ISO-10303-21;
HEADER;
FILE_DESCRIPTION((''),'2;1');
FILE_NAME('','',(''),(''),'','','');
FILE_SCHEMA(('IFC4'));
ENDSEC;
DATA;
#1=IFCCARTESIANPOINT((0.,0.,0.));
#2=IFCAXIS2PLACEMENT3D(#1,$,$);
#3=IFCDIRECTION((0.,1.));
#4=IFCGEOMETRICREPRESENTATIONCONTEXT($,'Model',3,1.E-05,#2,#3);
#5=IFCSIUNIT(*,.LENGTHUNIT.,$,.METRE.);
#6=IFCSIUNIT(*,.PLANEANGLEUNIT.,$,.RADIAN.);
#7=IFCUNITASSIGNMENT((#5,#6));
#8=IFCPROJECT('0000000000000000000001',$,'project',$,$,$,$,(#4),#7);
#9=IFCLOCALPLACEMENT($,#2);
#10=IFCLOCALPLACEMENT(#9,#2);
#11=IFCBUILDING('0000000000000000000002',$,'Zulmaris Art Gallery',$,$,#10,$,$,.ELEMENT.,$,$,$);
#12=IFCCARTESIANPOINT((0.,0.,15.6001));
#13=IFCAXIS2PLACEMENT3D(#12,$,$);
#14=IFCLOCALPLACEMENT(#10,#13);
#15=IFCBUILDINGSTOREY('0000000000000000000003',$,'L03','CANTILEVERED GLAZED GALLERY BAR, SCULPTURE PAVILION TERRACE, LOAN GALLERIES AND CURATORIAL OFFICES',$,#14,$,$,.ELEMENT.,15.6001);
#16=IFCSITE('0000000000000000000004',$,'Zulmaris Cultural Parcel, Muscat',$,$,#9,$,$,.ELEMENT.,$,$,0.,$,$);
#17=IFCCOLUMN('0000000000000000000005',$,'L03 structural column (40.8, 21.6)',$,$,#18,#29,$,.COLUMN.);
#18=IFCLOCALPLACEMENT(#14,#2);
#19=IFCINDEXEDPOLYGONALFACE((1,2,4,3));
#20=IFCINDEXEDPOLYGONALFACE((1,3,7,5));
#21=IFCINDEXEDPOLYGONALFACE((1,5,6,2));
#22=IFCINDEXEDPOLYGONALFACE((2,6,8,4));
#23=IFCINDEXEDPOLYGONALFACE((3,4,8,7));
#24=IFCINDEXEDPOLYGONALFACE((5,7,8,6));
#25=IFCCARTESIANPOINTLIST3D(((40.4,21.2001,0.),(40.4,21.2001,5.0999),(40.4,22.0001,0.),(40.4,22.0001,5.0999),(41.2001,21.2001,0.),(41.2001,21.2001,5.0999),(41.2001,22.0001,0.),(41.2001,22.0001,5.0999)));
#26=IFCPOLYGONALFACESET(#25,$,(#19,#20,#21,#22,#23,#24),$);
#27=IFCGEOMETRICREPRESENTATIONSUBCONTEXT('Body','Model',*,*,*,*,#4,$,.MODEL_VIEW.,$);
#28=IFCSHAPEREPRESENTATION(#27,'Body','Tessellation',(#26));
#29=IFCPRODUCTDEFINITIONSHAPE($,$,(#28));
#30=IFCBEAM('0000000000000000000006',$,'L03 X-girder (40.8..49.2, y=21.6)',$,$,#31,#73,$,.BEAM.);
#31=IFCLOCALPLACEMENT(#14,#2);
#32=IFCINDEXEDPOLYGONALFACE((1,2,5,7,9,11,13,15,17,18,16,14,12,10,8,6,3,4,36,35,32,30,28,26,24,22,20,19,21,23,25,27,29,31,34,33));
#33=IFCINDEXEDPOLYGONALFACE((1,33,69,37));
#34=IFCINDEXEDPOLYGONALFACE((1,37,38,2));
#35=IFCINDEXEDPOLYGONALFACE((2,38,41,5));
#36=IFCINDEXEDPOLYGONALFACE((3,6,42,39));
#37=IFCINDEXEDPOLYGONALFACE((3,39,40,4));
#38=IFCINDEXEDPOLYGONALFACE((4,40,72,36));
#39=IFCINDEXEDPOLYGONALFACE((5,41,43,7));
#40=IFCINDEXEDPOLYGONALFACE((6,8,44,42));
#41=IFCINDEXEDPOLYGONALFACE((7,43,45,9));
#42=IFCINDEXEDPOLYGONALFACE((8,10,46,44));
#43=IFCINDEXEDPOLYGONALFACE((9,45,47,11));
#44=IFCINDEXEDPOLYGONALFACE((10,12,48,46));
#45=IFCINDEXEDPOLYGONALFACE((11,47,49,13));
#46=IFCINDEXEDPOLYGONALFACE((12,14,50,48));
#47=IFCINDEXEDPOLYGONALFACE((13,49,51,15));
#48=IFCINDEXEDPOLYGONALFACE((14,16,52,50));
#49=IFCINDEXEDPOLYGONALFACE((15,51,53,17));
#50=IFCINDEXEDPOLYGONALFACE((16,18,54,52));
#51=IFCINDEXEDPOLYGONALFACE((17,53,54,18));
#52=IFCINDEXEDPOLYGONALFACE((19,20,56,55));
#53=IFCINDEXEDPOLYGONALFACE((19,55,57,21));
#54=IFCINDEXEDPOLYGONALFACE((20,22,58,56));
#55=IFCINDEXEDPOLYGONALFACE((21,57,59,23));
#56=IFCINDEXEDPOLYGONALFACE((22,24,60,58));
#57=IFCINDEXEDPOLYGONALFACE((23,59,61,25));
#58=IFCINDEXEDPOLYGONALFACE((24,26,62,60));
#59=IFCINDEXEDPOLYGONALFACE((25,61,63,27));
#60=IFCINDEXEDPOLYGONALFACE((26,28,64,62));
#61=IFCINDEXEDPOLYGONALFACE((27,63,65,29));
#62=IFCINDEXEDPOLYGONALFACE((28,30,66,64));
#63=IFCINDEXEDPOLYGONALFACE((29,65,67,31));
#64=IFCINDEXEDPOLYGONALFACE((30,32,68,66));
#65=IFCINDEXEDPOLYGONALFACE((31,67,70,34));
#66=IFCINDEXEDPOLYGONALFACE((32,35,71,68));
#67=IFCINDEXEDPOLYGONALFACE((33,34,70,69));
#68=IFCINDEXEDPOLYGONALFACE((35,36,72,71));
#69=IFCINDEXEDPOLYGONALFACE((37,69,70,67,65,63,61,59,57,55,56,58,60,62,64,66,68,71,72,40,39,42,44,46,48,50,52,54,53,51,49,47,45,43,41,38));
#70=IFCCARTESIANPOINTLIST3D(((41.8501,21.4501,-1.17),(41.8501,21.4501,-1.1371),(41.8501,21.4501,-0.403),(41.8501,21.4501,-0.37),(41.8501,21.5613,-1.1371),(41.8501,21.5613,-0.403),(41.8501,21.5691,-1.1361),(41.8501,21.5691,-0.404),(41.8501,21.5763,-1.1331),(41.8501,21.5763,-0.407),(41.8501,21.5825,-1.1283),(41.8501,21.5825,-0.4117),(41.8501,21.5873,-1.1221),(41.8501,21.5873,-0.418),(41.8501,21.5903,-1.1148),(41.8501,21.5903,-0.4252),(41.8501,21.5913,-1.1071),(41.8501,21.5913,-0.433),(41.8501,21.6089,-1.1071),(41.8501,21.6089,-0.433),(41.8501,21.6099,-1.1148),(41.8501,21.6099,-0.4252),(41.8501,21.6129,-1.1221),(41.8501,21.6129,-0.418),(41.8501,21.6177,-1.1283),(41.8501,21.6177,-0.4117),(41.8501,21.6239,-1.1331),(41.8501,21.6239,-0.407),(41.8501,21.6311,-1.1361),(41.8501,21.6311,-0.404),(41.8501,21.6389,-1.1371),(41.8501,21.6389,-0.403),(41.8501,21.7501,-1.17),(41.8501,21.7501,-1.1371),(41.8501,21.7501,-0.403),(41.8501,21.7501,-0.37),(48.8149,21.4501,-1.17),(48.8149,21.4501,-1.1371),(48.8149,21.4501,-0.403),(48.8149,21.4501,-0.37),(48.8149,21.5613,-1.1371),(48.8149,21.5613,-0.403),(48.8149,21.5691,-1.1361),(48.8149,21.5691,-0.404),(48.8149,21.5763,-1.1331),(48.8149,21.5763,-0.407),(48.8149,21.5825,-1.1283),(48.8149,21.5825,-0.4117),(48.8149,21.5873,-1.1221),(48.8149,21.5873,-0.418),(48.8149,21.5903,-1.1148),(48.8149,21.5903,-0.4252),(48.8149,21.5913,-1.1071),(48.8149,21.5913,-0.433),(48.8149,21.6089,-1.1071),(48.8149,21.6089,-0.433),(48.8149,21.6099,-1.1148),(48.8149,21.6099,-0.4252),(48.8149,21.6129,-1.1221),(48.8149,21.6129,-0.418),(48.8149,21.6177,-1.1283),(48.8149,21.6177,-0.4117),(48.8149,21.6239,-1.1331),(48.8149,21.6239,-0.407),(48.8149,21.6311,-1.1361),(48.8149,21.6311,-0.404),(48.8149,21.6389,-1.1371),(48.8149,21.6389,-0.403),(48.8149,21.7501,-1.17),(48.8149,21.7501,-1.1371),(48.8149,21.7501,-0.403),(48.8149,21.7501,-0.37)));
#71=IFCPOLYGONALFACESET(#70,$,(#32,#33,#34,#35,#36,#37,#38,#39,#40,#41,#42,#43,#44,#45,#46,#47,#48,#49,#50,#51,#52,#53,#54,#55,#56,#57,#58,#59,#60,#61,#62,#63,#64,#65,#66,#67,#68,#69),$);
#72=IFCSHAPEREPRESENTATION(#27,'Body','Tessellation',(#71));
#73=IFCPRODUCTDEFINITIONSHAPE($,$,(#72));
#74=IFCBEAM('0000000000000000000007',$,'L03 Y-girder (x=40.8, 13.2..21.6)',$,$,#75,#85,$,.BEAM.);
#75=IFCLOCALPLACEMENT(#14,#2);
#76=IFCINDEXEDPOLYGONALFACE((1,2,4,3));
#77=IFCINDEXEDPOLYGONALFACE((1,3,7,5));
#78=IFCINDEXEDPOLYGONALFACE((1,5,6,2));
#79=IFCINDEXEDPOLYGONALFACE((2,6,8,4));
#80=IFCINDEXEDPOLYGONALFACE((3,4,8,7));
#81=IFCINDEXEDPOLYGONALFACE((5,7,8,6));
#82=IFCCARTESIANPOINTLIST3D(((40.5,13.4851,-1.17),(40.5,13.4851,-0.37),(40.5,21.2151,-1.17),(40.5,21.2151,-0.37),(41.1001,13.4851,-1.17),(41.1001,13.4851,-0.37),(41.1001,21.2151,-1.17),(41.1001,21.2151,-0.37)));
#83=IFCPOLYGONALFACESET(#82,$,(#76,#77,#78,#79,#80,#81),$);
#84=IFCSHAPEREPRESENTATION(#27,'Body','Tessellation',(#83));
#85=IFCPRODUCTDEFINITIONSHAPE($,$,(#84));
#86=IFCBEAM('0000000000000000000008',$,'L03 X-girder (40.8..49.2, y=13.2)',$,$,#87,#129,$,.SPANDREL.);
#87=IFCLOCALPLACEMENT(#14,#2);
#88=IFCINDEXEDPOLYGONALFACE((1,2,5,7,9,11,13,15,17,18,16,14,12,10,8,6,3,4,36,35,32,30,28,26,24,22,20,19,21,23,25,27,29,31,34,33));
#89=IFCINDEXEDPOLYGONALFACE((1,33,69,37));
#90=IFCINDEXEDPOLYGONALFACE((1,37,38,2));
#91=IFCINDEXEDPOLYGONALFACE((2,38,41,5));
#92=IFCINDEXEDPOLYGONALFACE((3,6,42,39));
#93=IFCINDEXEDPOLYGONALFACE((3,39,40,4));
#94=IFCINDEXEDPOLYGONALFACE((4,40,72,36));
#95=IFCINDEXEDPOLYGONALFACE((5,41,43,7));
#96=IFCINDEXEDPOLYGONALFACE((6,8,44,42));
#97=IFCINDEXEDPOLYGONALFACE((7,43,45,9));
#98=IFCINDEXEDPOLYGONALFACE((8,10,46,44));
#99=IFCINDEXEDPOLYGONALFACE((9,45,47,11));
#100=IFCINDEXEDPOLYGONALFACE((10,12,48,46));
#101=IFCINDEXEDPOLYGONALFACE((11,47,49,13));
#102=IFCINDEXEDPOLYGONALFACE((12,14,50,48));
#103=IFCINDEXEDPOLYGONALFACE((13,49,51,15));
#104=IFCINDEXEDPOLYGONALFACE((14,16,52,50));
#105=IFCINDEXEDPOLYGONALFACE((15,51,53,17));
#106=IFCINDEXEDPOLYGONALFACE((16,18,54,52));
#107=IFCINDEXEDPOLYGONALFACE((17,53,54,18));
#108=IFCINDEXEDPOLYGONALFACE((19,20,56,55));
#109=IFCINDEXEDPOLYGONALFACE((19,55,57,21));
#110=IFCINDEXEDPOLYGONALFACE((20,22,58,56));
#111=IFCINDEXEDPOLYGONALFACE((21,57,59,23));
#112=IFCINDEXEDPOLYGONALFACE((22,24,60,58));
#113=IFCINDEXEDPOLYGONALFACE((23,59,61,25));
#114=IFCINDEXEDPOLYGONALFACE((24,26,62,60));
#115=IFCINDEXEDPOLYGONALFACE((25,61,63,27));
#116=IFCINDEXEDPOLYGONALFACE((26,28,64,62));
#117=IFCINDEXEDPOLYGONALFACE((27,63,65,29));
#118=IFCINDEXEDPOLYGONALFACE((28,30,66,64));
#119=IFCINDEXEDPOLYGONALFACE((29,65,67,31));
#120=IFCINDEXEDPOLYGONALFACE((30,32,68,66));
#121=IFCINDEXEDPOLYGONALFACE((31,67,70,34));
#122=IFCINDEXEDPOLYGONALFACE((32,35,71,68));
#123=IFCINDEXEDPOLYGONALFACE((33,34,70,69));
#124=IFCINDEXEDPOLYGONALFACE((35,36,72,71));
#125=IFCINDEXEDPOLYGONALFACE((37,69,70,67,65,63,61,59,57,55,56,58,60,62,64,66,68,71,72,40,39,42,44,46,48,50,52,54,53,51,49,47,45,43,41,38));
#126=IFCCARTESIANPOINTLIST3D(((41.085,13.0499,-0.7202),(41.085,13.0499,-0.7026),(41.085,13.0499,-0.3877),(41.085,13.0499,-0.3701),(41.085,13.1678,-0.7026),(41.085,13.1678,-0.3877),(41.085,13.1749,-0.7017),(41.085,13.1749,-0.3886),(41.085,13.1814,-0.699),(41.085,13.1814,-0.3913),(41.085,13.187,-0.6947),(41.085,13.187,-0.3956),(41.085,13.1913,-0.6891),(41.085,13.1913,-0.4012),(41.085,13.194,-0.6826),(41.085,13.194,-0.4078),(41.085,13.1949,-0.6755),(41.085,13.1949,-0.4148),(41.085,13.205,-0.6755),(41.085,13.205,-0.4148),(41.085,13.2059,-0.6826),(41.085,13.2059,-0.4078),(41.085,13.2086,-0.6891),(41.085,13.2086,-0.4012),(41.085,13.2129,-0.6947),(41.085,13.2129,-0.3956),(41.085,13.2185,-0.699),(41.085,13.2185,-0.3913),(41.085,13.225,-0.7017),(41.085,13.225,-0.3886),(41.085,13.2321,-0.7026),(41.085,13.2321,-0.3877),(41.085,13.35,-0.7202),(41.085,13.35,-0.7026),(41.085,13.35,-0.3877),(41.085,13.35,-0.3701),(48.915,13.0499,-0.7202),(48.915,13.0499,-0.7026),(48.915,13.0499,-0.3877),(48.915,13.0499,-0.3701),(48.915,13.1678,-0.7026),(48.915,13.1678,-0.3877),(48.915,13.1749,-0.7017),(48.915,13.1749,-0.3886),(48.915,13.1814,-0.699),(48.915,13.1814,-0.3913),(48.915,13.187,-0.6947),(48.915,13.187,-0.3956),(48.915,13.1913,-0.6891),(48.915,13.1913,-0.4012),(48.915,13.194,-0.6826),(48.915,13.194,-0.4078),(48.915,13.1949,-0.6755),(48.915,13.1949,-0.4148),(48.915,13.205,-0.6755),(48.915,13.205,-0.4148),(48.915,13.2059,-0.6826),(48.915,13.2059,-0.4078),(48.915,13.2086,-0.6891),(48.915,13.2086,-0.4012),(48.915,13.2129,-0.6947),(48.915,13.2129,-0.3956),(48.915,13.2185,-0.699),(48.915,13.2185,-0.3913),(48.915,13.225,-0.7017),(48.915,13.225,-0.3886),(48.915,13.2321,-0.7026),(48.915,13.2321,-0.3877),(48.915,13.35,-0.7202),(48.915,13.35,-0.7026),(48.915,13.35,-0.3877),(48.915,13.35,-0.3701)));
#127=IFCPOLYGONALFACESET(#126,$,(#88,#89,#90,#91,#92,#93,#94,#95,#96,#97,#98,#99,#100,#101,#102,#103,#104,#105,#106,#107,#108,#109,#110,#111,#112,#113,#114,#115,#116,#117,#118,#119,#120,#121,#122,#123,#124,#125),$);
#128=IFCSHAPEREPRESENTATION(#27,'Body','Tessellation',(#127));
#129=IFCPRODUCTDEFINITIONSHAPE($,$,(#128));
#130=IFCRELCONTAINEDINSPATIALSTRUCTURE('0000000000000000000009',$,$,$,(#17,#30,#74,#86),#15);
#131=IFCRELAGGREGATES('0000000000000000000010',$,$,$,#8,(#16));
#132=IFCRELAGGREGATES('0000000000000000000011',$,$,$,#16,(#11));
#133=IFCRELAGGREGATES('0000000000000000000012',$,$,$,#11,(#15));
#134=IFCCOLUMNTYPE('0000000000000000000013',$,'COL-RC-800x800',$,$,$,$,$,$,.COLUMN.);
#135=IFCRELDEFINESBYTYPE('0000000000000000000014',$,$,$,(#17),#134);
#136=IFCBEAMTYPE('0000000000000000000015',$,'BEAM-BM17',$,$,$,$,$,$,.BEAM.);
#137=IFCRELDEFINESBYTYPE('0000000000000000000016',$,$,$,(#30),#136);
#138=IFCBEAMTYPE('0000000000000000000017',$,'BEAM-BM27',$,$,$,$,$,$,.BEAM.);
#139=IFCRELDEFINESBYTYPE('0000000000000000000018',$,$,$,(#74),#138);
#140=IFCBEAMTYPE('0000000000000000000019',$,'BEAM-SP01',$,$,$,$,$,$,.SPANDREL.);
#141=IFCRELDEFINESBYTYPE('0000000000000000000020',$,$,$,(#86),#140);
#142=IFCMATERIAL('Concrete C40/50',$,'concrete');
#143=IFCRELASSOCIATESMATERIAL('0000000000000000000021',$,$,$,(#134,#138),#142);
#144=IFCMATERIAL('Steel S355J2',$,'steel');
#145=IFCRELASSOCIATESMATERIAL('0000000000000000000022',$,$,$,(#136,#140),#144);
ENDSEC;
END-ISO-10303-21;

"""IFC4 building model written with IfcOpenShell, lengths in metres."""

from ifc_helpers import new_model, si_unit, direction, frame, origin, origin_2d, place, context, subcontext, project, spatial, rectangle, i_section, extrude, material, material_profile, profile_set, type_object, element, save


model = new_model("IFC4")

# Units and contexts
model_context = context("Model", 3, precision=1e-05, world=origin(), true_north=direction((0.0, 1.0)))
body_context = subcontext(model_context, "Body", "Model", "MODEL_VIEW")
ifc_project = project(units=[si_unit("LENGTHUNIT", "METRE"), si_unit("PLANEANGLEUNIT", "RADIAN")], contexts=[model_context])

# Site, building, storey
site_placement = place(None, origin())
site = spatial("IfcSite", under=ifc_project, at=site_placement, Name="Zulmaris Cultural Parcel, Muscat", CompositionType="ELEMENT", RefElevation=0.0)
building_placement = place(site_placement, origin())
building = spatial("IfcBuilding", under=site, at=building_placement, Name="Zulmaris Art Gallery", CompositionType="ELEMENT")
storey_placement = place(building_placement, frame((0.0, 0.0, 15.6001)))
storey = spatial("IfcBuildingStorey", under=building, at=storey_placement, Name="L03", Description="CANTILEVERED GLAZED GALLERY BAR, SCULPTURE PAVILION TERRACE, LOAN GALLERIES AND CURATORIAL OFFICES", CompositionType="ELEMENT", Elevation=15.6001)

# Column
ifc_material_1 = material(Name="Concrete C40/50", Category="concrete")
ifc_material_profile_1 = material_profile(ifc_material_1, rectangle(XDim=0.8, YDim=0.8, at=origin_2d()), Name="RC 800x800")
ifc_profile_set_1 = profile_set([ifc_material_profile_1], Name="Concrete C40/50")
column_type = type_object("IfcColumnType", Name="COL-RC-800x800", PredefinedType="COLUMN", material=ifc_profile_set_1)
column_placement = place(storey_placement, frame((40.8, 21.6001, 0.0), z_axis=(0.0, 0.0, 1.0), x_axis=(1.0, 0.0, 0.0)))
element("IfcColumn", 1, at=column_placement, inside=storey, type_object=column_type, Name="L03 structural column (40.8, 21.6)", PredefinedType="COLUMN", context=body_context, shape_type="SweptSolid", body=[
    extrude(rectangle(XDim=0.8, YDim=0.8, at=origin_2d()), origin(), (0.0, 0.0, 1.0), 5.0999),
])

# Beams
ifc_material_2 = material(Name="Steel S355J2", Category="steel")
ifc_material_profile_2 = material_profile(ifc_material_2, i_section(OverallWidth=0.3, OverallDepth=0.8, WebThickness=0.0176, FlangeThickness=0.033, FilletRadius=0.03, at=origin_2d()), Name="HEB 800")
ifc_profile_set_2 = profile_set([ifc_material_profile_2], Name="Steel S355J2")
beam_type_1 = type_object("IfcBeamType", Name="BEAM-BM17", PredefinedType="BEAM", material=ifc_profile_set_2)
beam_1_placement = place(storey_placement, frame((41.8501, 21.6001, -0.77), z_axis=(1.0, 0.0, 0.0), x_axis=(0.0, 1.0, 0.0)))
element("IfcBeam", 2, at=beam_1_placement, inside=storey, type_object=beam_type_1, Name="L03 X-girder (40.8..49.2, y=21.6)", PredefinedType="BEAM", context=body_context, shape_type="SweptSolid", body=[
    extrude(i_section(OverallWidth=0.3, OverallDepth=0.8, WebThickness=0.0176, FlangeThickness=0.033, FilletRadius=0.03, at=origin_2d()), origin(), (0.0, 0.0, 1.0), 6.9648),
])
ifc_material_profile_3 = material_profile(ifc_material_1, rectangle(XDim=0.6001, YDim=0.8, at=origin_2d()), Name="RC 600x800")
ifc_profile_set_3 = profile_set([ifc_material_profile_3], Name="Concrete C40/50")
beam_type_2 = type_object("IfcBeamType", Name="BEAM-BM27", PredefinedType="BEAM", material=ifc_profile_set_3)
beam_2_placement = place(storey_placement, frame((40.8, 13.4851, -0.77), z_axis=(0.0, 1.0, 0.0), x_axis=(-1.0, 0.0, 0.0)))
element("IfcBeam", 3, at=beam_2_placement, inside=storey, type_object=beam_type_2, Name="L03 Y-girder (x=40.8, 13.2..21.6)", PredefinedType="BEAM", context=body_context, shape_type="SweptSolid", body=[
    extrude(rectangle(XDim=0.6001, YDim=0.8, at=origin_2d()), origin(), (0.0, 0.0, 1.0), 7.73),
])
ifc_material_profile_4 = material_profile(ifc_material_2, i_section(OverallWidth=0.3, OverallDepth=0.3501, WebThickness=0.01, FlangeThickness=0.0176, FilletRadius=0.0271, at=origin_2d()), Name="HEA 360")
ifc_profile_set_4 = profile_set([ifc_material_profile_4], Name="Steel S355J2")
beam_type_3 = type_object("IfcBeamType", Name="BEAM-SP01", PredefinedType="SPANDREL", material=ifc_profile_set_4)
beam_3_placement = place(storey_placement, frame((41.085, 13.2, -0.5452), z_axis=(1.0, 0.0, 0.0), x_axis=(0.0, 1.0, 0.0)))
element("IfcBeam", 4, at=beam_3_placement, inside=storey, type_object=beam_type_3, Name="L03 X-girder (40.8..49.2, y=13.2)", PredefinedType="SPANDREL", context=body_context, shape_type="SweptSolid", body=[
    extrude(i_section(OverallWidth=0.3, OverallDepth=0.3501, WebThickness=0.01, FlangeThickness=0.0176, FilletRadius=0.0271, at=origin_2d()), origin(), (0.0, 0.0, 1.0), 7.8301),
])

save(model, "model.ifc")
